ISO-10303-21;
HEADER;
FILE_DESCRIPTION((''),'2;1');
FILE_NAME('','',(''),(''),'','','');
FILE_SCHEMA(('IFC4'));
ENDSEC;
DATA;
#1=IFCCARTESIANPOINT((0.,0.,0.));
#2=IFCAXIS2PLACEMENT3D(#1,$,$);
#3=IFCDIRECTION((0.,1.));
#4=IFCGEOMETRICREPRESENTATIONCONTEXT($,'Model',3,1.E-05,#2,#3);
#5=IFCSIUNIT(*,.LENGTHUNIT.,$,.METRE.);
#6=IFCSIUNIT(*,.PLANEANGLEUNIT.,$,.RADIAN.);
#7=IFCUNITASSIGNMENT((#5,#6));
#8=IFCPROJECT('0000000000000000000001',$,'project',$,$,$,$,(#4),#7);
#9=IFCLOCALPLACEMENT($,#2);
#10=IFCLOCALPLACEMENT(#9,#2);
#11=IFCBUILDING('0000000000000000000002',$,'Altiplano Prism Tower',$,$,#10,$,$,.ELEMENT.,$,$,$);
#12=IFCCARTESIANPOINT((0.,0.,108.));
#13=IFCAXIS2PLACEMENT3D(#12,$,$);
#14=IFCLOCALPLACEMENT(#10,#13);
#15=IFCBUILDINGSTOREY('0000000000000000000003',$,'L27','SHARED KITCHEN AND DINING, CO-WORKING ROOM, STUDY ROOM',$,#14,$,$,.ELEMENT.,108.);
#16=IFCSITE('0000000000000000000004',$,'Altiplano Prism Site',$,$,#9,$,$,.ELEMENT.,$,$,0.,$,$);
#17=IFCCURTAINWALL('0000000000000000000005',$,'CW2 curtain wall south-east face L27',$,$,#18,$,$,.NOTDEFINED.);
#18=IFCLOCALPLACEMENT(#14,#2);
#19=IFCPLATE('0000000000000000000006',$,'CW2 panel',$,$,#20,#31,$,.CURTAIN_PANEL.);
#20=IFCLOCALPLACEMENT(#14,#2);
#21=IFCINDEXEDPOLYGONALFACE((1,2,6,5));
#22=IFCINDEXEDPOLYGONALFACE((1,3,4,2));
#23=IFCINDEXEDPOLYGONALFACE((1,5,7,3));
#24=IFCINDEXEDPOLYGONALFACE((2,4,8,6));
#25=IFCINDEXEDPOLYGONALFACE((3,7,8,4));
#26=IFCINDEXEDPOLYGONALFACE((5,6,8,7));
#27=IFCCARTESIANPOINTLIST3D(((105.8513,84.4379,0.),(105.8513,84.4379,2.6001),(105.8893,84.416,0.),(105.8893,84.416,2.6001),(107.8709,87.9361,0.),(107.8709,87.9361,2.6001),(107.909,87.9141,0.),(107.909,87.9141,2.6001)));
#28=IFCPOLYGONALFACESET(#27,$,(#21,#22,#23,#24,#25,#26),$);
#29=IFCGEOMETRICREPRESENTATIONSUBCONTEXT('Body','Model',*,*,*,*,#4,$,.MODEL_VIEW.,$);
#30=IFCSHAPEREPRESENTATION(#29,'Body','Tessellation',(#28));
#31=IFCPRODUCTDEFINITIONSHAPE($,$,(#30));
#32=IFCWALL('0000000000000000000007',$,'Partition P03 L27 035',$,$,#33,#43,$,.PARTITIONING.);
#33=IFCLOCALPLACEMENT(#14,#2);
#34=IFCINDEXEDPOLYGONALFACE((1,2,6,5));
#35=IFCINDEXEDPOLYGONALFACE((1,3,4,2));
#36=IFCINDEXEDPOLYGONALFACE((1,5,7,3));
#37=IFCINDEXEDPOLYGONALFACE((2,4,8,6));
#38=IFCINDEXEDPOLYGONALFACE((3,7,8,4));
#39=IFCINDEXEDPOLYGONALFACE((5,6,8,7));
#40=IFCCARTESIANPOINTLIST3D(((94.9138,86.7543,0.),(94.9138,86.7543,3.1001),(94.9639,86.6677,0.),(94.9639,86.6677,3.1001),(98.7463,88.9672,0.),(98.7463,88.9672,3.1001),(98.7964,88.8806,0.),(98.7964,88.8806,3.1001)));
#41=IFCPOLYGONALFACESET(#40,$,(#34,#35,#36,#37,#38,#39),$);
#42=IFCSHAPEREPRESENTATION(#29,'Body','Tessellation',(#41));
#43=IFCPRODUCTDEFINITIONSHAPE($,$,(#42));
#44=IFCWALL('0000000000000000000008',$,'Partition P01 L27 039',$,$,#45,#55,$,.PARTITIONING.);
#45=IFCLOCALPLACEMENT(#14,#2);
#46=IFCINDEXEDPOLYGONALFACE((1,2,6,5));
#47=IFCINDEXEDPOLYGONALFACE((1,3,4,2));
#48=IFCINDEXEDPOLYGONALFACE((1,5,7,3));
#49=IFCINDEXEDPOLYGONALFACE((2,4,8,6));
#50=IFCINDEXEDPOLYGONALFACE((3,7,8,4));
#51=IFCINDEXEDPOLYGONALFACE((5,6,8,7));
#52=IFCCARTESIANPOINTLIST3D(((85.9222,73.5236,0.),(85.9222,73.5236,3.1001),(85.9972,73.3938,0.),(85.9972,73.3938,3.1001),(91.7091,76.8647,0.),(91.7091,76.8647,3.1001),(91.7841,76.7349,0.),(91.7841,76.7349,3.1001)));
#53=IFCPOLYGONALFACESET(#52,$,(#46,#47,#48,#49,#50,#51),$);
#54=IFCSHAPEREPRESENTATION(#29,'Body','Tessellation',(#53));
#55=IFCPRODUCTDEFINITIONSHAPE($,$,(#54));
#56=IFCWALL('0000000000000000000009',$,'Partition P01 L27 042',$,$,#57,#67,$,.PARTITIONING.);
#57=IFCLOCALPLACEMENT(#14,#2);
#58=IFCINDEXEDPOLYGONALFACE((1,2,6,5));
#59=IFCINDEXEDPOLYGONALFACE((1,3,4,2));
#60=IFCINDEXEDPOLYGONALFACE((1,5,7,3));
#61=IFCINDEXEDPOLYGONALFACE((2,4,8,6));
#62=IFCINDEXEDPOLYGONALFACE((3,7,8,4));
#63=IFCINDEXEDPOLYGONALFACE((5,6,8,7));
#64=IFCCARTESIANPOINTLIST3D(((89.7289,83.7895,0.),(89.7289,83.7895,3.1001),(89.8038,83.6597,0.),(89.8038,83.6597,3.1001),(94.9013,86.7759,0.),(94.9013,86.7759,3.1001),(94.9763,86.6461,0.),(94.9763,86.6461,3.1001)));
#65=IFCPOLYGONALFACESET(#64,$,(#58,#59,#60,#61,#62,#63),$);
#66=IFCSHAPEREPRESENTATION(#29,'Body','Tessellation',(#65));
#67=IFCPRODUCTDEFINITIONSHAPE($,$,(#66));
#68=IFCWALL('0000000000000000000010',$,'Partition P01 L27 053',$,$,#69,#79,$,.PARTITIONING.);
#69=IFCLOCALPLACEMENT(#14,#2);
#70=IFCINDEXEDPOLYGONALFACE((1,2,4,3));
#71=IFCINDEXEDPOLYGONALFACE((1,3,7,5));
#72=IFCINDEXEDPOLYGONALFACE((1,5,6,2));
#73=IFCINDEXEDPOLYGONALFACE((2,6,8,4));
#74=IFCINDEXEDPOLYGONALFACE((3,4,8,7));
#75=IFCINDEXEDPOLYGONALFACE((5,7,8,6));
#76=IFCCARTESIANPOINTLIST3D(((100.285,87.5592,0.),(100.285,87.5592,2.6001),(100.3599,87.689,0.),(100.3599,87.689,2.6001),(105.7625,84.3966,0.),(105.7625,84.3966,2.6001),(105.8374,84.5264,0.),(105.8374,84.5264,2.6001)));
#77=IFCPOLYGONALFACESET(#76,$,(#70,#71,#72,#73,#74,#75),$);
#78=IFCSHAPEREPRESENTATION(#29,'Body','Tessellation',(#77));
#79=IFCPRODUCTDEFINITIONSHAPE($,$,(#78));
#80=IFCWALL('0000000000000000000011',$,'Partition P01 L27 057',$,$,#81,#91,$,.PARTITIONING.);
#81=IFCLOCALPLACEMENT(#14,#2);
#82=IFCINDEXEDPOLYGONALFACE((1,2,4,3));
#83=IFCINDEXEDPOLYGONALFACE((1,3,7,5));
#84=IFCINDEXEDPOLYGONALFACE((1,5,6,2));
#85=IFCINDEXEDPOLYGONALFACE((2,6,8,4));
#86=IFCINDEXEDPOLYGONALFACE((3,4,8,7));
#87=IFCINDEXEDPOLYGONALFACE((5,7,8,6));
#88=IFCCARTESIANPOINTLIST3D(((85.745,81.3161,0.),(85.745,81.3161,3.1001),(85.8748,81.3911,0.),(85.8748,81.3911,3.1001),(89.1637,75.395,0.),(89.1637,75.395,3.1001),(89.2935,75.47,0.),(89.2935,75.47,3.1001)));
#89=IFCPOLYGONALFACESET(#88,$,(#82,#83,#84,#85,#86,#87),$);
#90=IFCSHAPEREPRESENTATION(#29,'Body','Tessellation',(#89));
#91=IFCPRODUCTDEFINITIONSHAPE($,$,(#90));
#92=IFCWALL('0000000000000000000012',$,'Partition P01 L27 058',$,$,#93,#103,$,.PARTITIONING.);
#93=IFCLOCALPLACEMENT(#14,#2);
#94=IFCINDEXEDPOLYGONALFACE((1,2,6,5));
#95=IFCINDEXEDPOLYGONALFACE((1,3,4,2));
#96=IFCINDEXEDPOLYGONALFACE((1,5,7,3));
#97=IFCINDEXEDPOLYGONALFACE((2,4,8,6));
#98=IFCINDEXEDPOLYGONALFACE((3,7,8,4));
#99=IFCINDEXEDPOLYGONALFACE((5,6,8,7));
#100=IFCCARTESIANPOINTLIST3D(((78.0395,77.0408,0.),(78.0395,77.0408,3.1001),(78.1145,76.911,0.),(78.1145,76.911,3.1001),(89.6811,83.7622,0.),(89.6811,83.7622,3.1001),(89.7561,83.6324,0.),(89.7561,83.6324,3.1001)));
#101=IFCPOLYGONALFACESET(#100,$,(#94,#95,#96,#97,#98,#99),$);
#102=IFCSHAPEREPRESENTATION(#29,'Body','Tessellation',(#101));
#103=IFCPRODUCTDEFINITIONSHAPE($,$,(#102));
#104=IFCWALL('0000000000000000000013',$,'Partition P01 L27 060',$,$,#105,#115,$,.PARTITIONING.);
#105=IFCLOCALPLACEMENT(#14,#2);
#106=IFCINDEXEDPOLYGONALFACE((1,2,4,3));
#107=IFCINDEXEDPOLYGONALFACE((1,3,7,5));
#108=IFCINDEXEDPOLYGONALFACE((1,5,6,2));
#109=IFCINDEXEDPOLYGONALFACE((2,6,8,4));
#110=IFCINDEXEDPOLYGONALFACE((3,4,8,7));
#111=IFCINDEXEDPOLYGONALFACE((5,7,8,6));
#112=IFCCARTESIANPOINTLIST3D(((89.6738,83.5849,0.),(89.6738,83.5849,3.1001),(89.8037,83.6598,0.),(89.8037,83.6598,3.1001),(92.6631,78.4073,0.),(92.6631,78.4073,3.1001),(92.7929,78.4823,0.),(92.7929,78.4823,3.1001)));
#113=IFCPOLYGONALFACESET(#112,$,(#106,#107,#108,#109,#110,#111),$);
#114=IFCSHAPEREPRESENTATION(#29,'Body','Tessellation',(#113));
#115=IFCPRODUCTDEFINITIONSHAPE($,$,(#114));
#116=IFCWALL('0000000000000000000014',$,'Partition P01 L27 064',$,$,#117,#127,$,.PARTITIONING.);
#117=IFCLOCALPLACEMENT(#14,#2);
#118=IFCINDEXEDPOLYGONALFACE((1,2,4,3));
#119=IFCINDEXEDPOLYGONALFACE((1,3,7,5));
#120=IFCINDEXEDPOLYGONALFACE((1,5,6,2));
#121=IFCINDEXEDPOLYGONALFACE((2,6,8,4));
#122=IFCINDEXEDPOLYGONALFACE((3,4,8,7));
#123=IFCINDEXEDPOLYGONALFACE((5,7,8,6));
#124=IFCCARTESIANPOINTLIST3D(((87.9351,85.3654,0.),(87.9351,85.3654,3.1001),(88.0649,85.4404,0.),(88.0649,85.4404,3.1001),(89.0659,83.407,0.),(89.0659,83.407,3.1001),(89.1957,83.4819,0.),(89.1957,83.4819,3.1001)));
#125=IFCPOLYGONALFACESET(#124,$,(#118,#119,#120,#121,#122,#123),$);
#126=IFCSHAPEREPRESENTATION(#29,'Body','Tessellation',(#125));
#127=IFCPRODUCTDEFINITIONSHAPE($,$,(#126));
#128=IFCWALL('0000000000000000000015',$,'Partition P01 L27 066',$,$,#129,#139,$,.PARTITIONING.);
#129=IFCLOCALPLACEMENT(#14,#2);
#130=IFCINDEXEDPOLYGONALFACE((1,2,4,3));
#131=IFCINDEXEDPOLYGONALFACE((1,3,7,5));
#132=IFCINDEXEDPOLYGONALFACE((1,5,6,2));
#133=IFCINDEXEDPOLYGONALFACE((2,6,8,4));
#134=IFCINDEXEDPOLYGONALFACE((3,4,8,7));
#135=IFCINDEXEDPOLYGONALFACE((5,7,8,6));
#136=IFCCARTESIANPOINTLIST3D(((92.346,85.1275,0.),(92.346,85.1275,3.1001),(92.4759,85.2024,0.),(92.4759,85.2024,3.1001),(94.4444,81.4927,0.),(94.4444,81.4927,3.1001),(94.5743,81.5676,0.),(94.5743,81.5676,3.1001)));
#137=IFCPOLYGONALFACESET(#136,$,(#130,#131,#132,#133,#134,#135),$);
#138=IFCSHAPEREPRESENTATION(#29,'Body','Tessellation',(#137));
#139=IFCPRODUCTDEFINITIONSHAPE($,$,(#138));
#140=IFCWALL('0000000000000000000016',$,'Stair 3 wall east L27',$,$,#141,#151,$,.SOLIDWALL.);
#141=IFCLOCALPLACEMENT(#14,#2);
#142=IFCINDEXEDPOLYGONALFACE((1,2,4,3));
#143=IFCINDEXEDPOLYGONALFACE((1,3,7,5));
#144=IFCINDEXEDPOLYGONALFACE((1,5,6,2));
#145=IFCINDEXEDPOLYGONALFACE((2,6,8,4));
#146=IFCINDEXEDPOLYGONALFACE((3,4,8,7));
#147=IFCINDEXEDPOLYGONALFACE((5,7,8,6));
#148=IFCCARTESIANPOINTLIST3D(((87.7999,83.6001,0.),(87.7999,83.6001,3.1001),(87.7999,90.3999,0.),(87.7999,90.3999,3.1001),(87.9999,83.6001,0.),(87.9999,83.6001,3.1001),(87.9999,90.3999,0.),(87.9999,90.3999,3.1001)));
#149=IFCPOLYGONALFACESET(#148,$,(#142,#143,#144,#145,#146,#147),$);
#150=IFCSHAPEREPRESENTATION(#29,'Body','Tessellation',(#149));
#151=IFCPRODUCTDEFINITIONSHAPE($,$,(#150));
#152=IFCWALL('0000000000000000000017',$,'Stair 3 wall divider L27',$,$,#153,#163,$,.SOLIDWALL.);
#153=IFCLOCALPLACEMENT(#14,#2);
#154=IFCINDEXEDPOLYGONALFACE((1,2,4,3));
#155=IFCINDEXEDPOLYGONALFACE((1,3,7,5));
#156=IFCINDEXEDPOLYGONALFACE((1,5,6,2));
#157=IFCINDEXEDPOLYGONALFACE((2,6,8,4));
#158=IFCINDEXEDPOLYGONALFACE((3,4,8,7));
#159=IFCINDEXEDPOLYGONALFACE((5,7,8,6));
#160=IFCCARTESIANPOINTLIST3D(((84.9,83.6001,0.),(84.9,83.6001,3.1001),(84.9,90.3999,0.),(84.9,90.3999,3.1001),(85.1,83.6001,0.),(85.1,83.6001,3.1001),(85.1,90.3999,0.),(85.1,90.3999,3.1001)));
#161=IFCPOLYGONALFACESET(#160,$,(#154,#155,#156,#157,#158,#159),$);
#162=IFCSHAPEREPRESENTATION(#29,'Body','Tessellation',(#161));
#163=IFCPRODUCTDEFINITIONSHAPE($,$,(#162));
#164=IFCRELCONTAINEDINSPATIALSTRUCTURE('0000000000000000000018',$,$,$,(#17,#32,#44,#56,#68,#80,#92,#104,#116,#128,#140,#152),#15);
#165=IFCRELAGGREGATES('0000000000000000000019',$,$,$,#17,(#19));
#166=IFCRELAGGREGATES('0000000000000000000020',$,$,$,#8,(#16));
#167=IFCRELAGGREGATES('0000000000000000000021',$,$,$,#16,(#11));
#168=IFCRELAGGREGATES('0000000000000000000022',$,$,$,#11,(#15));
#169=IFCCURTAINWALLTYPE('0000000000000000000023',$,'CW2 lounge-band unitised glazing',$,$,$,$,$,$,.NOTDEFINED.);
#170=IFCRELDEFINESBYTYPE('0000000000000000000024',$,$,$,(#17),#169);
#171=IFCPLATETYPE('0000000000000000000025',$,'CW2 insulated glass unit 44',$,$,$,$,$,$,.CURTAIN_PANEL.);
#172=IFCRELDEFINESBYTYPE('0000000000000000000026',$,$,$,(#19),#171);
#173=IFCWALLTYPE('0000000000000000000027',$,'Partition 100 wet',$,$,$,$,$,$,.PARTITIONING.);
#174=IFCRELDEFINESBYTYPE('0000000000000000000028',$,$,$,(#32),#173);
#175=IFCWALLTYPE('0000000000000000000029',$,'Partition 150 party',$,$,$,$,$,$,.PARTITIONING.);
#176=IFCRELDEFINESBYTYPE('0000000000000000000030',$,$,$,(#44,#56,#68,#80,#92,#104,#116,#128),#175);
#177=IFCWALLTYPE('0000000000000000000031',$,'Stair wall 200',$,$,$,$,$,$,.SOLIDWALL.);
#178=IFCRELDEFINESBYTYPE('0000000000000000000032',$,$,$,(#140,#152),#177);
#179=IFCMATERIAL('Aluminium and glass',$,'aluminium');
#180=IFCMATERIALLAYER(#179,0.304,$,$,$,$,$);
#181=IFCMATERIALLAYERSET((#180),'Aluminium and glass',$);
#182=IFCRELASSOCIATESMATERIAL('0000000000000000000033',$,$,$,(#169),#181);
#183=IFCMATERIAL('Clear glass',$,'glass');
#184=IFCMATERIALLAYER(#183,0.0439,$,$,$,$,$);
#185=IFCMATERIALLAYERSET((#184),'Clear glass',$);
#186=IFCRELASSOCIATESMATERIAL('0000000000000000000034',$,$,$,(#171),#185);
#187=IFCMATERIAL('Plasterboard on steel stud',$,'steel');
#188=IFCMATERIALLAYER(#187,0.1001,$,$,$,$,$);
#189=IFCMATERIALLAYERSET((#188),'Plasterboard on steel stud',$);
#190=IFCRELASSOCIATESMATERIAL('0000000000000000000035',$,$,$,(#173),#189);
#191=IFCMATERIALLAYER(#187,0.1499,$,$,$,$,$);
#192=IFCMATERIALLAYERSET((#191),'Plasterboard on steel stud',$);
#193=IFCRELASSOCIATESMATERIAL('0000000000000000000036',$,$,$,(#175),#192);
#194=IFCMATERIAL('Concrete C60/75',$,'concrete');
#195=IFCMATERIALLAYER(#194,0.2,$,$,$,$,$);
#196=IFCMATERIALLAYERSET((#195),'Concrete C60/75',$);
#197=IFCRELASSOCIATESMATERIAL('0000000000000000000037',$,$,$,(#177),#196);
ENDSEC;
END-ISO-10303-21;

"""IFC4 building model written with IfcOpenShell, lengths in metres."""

from ifc_helpers import new_model, si_unit, direction, frame, frame_2d, origin, origin_2d, place, context, subcontext, project, spatial, rectangle, extrude, material, layer, layer_set, type_object, element, aggregate, save


model = new_model("IFC4")

# Units and contexts
model_context = context("Model", 3, precision=1e-05, world=origin(), true_north=direction((0.0, 1.0)))
body_context = subcontext(model_context, "Body", "Model", "MODEL_VIEW")
ifc_project = project(units=[si_unit("LENGTHUNIT", "METRE"), si_unit("PLANEANGLEUNIT", "RADIAN")], contexts=[model_context])

# Site, building, storey
site_placement = place(None, origin())
site = spatial("IfcSite", under=ifc_project, at=site_placement, Name="Altiplano Prism Site", CompositionType="ELEMENT", RefElevation=0.0)
building_placement = place(site_placement, origin())
building = spatial("IfcBuilding", under=site, at=building_placement, Name="Altiplano Prism Tower", CompositionType="ELEMENT")
storey_placement = place(building_placement, frame((0.0, 0.0, 108.0)))
storey = spatial("IfcBuildingStorey", under=building, at=storey_placement, Name="L27", Description="SHARED KITCHEN AND DINING, CO-WORKING ROOM, STUDY ROOM", CompositionType="ELEMENT", Elevation=108.0)

# Shared definitions
ifc_material_1 = material(Name="Concrete C60/75", Category="concrete")

# Curtain wall
ifc_material_2 = material(Name="Aluminium and glass", Category="aluminium")
ifc_layer_1 = layer(ifc_material_2, 0.304)
ifc_layer_set_1 = layer_set([ifc_layer_1], Name="Aluminium and glass")
curtain_wall_type = type_object("IfcCurtainWallType", Name="CW2 lounge-band unitised glazing", PredefinedType="NOTDEFINED", material=ifc_layer_set_1)
curtain_wall_placement = place(storey_placement, origin())
curtain_wall = element("IfcCurtainWall", 1, at=curtain_wall_placement, inside=storey, type_object=curtain_wall_type, Name="CW2 curtain wall south-east face L27", PredefinedType="NOTDEFINED")

# Plate
ifc_material_3 = material(Name="Clear glass", Category="glass")
ifc_layer_2 = layer(ifc_material_3, 0.0439)
ifc_layer_set_2 = layer_set([ifc_layer_2], Name="Clear glass")
plate_type = type_object("IfcPlateType", Name="CW2 insulated glass unit 44", PredefinedType="CURTAIN_PANEL", material=ifc_layer_set_2)
plate_1_placement = place(storey_placement, frame((106.8801, 86.176, 0.0), z_axis=(0.0, 0.0, 1.0), x_axis=(0.5, 0.866025, 0.0)))
plate_1 = element("IfcPlate", 2, at=plate_1_placement, type_object=plate_type, Name="CW2 panel", PredefinedType="CURTAIN_PANEL", context=body_context, shape_type="SweptSolid", body=[
    extrude(rectangle(XDim=4.0393, YDim=0.0439, at=origin_2d()), origin(), (0.0, 0.0, 1.0), 2.6001),
])
aggregate(curtain_wall, [plate_1])

# Walls
ifc_material_4 = material(Name="Plasterboard on steel stud", Category="steel")
ifc_layer_3 = layer(ifc_material_4, 0.1001)
ifc_layer_set_3 = layer_set([ifc_layer_3], Name="Plasterboard on steel stud")
wall_type_1 = type_object("IfcWallType", Name="Partition 100 wet", PredefinedType="PARTITIONING", material=ifc_layer_set_3)
wall_1_placement = place(storey_placement, frame((94.9387, 86.7109, 0.0), z_axis=(0.0, 0.0, 1.0), x_axis=(0.866007, 0.500031, 0.0)))
element("IfcWall", 3, at=wall_1_placement, inside=storey, type_object=wall_type_1, Name="Partition P03 L27 035", PredefinedType="PARTITIONING", context=body_context, shape_type="SweptSolid", body=[
    extrude(rectangle(XDim=4.4255, YDim=0.1001, at=frame_2d((2.2129, 0.0))), origin(), (0.0, 0.0, 1.0), 3.1001),
])
ifc_layer_4 = layer(ifc_material_4, 0.1499)
ifc_layer_set_4 = layer_set([ifc_layer_4], Name="Plasterboard on steel stud")
wall_type_2 = type_object("IfcWallType", Name="Partition 150 party", PredefinedType="PARTITIONING", material=ifc_layer_set_4)
wall_2_placement = place(storey_placement, frame((91.7466, 76.7998, 0.0), z_axis=(0.0, 0.0, 1.0), x_axis=(-0.866024, -0.500002, 0.0)))
element("IfcWall", 4, at=wall_2_placement, inside=storey, type_object=wall_type_2, Name="Partition P01 L27 039", PredefinedType="PARTITIONING", context=body_context, shape_type="SweptSolid", body=[
    extrude(rectangle(XDim=6.6821, YDim=0.1499, at=frame_2d((3.3411, 0.0))), origin(), (0.0, 0.0, 1.0), 3.1001),
])
wall_3_placement = place(storey_placement, frame((89.7664, 83.7246, 0.0), z_axis=(0.0, 0.0, 1.0), x_axis=(0.866021, 0.500008, 0.0)))
element("IfcWall", 5, at=wall_3_placement, inside=storey, type_object=wall_type_2, Name="Partition P01 L27 042", PredefinedType="PARTITIONING", context=body_context, shape_type="SweptSolid", body=[
    extrude(rectangle(XDim=5.9727, YDim=0.1499, at=frame_2d((2.9863, 0.0))), origin(), (0.0, 0.0, 1.0), 3.1001),
])
wall_4_placement = place(storey_placement, frame((105.8, 84.4614, 0.0), z_axis=(0.0, 0.0, 1.0), x_axis=(-0.866016, 0.500016, 0.0)))
element("IfcWall", 6, at=wall_4_placement, inside=storey, type_object=wall_type_2, Name="Partition P01 L27 053", PredefinedType="PARTITIONING", context=body_context, shape_type="SweptSolid", body=[
    extrude(rectangle(XDim=6.325, YDim=0.1499, at=frame_2d((3.1626, 0.0))), origin(), (0.0, 0.0, 1.0), 2.6001),
])
wall_5_placement = place(storey_placement, frame((89.2285, 75.4326, 0.0), z_axis=(0.0, 0.0, 1.0), x_axis=(-0.500014, 0.866017, 0.0)))
element("IfcWall", 7, at=wall_5_placement, inside=storey, type_object=wall_type_2, Name="Partition P01 L27 057", PredefinedType="PARTITIONING", context=body_context, shape_type="SweptSolid", body=[
    extrude(rectangle(XDim=6.8372, YDim=0.1499, at=frame_2d((3.4185, 0.0))), origin(), (0.0, 0.0, 1.0), 3.1001),
])
wall_6_placement = place(storey_placement, frame((89.7185, 83.6973, 0.0), z_axis=(0.0, 0.0, 1.0), x_axis=(-0.86602, -0.500009, 0.0)))
element("IfcWall", 8, at=wall_6_placement, inside=storey, type_object=wall_type_2, Name="Partition P01 L27 058", PredefinedType="PARTITIONING", context=body_context, shape_type="SweptSolid", body=[
    extrude(rectangle(XDim=13.4426, YDim=0.1499, at=frame_2d((6.7212, 0.0))), origin(), (0.0, 0.0, 1.0), 3.1001),
])
wall_7_placement = place(storey_placement, frame((92.728, 78.4448, 0.0), z_axis=(0.0, 0.0, 1.0), x_axis=(-0.500004, 0.866023, 0.0)))
element("IfcWall", 9, at=wall_7_placement, inside=storey, type_object=wall_type_2, Name="Partition P01 L27 060", PredefinedType="PARTITIONING", context=body_context, shape_type="SweptSolid", body=[
    extrude(rectangle(XDim=5.9785, YDim=0.1499, at=frame_2d((2.9893, 0.0))), origin(), (0.0, 0.0, 1.0), 3.1001),
])
wall_8_placement = place(storey_placement, frame((89.1309, 83.4443, 0.0), z_axis=(0.0, 0.0, 1.0), x_axis=(-0.50004, 0.866002, 0.0)))
element("IfcWall", 10, at=wall_8_placement, inside=storey, type_object=wall_type_2, Name="Partition P01 L27 064", PredefinedType="PARTITIONING", context=body_context, shape_type="SweptSolid", body=[
    extrude(rectangle(XDim=2.2615, YDim=0.1499, at=frame_2d((1.1309, 0.0))), origin(), (0.0, 0.0, 1.0), 3.1001),
])
wall_9_placement = place(storey_placement, frame((92.4109, 85.165, 0.0), z_axis=(0.0, 0.0, 1.0), x_axis=(0.499974, -0.86604, 0.0)))
element("IfcWall", 11, at=wall_9_placement, inside=storey, type_object=wall_type_2, Name="Partition P01 L27 066", PredefinedType="PARTITIONING", context=body_context, shape_type="SweptSolid", body=[
    extrude(rectangle(XDim=4.197, YDim=0.1499, at=frame_2d((2.0986, 0.0))), origin(), (0.0, 0.0, 1.0), 3.1001),
])
ifc_layer_5 = layer(ifc_material_1, 0.2)
ifc_layer_set_5 = layer_set([ifc_layer_5], Name="Concrete C60/75")
wall_type_3 = type_object("IfcWallType", Name="Stair wall 200", PredefinedType="SOLIDWALL", material=ifc_layer_set_5)
for number, where, z_axis, x_axis, name in (
    (12, (87.8999, 83.6001, 0.0), (0.0, 0.0, 1.0), (0.0, 1.0, 0.0), "Stair 3 wall east L27"),
    (13, (85.0, 83.6001, 0.0), (0.0, 0.0, 1.0), (0.0, 1.0, 0.0), "Stair 3 wall divider L27"),
):
    element("IfcWall", number, at=place(storey_placement, frame(where, z_axis=z_axis, x_axis=x_axis)), inside=storey, type_object=wall_type_3, Name=name, PredefinedType="SOLIDWALL", context=body_context, shape_type="SweptSolid", body=[
        extrude(rectangle(XDim=6.7998, YDim=0.2, at=frame_2d((3.3999, 0.0))), origin(), (0.0, 0.0, 1.0), 3.1001),
    ])

save(model, "model.ifc")
